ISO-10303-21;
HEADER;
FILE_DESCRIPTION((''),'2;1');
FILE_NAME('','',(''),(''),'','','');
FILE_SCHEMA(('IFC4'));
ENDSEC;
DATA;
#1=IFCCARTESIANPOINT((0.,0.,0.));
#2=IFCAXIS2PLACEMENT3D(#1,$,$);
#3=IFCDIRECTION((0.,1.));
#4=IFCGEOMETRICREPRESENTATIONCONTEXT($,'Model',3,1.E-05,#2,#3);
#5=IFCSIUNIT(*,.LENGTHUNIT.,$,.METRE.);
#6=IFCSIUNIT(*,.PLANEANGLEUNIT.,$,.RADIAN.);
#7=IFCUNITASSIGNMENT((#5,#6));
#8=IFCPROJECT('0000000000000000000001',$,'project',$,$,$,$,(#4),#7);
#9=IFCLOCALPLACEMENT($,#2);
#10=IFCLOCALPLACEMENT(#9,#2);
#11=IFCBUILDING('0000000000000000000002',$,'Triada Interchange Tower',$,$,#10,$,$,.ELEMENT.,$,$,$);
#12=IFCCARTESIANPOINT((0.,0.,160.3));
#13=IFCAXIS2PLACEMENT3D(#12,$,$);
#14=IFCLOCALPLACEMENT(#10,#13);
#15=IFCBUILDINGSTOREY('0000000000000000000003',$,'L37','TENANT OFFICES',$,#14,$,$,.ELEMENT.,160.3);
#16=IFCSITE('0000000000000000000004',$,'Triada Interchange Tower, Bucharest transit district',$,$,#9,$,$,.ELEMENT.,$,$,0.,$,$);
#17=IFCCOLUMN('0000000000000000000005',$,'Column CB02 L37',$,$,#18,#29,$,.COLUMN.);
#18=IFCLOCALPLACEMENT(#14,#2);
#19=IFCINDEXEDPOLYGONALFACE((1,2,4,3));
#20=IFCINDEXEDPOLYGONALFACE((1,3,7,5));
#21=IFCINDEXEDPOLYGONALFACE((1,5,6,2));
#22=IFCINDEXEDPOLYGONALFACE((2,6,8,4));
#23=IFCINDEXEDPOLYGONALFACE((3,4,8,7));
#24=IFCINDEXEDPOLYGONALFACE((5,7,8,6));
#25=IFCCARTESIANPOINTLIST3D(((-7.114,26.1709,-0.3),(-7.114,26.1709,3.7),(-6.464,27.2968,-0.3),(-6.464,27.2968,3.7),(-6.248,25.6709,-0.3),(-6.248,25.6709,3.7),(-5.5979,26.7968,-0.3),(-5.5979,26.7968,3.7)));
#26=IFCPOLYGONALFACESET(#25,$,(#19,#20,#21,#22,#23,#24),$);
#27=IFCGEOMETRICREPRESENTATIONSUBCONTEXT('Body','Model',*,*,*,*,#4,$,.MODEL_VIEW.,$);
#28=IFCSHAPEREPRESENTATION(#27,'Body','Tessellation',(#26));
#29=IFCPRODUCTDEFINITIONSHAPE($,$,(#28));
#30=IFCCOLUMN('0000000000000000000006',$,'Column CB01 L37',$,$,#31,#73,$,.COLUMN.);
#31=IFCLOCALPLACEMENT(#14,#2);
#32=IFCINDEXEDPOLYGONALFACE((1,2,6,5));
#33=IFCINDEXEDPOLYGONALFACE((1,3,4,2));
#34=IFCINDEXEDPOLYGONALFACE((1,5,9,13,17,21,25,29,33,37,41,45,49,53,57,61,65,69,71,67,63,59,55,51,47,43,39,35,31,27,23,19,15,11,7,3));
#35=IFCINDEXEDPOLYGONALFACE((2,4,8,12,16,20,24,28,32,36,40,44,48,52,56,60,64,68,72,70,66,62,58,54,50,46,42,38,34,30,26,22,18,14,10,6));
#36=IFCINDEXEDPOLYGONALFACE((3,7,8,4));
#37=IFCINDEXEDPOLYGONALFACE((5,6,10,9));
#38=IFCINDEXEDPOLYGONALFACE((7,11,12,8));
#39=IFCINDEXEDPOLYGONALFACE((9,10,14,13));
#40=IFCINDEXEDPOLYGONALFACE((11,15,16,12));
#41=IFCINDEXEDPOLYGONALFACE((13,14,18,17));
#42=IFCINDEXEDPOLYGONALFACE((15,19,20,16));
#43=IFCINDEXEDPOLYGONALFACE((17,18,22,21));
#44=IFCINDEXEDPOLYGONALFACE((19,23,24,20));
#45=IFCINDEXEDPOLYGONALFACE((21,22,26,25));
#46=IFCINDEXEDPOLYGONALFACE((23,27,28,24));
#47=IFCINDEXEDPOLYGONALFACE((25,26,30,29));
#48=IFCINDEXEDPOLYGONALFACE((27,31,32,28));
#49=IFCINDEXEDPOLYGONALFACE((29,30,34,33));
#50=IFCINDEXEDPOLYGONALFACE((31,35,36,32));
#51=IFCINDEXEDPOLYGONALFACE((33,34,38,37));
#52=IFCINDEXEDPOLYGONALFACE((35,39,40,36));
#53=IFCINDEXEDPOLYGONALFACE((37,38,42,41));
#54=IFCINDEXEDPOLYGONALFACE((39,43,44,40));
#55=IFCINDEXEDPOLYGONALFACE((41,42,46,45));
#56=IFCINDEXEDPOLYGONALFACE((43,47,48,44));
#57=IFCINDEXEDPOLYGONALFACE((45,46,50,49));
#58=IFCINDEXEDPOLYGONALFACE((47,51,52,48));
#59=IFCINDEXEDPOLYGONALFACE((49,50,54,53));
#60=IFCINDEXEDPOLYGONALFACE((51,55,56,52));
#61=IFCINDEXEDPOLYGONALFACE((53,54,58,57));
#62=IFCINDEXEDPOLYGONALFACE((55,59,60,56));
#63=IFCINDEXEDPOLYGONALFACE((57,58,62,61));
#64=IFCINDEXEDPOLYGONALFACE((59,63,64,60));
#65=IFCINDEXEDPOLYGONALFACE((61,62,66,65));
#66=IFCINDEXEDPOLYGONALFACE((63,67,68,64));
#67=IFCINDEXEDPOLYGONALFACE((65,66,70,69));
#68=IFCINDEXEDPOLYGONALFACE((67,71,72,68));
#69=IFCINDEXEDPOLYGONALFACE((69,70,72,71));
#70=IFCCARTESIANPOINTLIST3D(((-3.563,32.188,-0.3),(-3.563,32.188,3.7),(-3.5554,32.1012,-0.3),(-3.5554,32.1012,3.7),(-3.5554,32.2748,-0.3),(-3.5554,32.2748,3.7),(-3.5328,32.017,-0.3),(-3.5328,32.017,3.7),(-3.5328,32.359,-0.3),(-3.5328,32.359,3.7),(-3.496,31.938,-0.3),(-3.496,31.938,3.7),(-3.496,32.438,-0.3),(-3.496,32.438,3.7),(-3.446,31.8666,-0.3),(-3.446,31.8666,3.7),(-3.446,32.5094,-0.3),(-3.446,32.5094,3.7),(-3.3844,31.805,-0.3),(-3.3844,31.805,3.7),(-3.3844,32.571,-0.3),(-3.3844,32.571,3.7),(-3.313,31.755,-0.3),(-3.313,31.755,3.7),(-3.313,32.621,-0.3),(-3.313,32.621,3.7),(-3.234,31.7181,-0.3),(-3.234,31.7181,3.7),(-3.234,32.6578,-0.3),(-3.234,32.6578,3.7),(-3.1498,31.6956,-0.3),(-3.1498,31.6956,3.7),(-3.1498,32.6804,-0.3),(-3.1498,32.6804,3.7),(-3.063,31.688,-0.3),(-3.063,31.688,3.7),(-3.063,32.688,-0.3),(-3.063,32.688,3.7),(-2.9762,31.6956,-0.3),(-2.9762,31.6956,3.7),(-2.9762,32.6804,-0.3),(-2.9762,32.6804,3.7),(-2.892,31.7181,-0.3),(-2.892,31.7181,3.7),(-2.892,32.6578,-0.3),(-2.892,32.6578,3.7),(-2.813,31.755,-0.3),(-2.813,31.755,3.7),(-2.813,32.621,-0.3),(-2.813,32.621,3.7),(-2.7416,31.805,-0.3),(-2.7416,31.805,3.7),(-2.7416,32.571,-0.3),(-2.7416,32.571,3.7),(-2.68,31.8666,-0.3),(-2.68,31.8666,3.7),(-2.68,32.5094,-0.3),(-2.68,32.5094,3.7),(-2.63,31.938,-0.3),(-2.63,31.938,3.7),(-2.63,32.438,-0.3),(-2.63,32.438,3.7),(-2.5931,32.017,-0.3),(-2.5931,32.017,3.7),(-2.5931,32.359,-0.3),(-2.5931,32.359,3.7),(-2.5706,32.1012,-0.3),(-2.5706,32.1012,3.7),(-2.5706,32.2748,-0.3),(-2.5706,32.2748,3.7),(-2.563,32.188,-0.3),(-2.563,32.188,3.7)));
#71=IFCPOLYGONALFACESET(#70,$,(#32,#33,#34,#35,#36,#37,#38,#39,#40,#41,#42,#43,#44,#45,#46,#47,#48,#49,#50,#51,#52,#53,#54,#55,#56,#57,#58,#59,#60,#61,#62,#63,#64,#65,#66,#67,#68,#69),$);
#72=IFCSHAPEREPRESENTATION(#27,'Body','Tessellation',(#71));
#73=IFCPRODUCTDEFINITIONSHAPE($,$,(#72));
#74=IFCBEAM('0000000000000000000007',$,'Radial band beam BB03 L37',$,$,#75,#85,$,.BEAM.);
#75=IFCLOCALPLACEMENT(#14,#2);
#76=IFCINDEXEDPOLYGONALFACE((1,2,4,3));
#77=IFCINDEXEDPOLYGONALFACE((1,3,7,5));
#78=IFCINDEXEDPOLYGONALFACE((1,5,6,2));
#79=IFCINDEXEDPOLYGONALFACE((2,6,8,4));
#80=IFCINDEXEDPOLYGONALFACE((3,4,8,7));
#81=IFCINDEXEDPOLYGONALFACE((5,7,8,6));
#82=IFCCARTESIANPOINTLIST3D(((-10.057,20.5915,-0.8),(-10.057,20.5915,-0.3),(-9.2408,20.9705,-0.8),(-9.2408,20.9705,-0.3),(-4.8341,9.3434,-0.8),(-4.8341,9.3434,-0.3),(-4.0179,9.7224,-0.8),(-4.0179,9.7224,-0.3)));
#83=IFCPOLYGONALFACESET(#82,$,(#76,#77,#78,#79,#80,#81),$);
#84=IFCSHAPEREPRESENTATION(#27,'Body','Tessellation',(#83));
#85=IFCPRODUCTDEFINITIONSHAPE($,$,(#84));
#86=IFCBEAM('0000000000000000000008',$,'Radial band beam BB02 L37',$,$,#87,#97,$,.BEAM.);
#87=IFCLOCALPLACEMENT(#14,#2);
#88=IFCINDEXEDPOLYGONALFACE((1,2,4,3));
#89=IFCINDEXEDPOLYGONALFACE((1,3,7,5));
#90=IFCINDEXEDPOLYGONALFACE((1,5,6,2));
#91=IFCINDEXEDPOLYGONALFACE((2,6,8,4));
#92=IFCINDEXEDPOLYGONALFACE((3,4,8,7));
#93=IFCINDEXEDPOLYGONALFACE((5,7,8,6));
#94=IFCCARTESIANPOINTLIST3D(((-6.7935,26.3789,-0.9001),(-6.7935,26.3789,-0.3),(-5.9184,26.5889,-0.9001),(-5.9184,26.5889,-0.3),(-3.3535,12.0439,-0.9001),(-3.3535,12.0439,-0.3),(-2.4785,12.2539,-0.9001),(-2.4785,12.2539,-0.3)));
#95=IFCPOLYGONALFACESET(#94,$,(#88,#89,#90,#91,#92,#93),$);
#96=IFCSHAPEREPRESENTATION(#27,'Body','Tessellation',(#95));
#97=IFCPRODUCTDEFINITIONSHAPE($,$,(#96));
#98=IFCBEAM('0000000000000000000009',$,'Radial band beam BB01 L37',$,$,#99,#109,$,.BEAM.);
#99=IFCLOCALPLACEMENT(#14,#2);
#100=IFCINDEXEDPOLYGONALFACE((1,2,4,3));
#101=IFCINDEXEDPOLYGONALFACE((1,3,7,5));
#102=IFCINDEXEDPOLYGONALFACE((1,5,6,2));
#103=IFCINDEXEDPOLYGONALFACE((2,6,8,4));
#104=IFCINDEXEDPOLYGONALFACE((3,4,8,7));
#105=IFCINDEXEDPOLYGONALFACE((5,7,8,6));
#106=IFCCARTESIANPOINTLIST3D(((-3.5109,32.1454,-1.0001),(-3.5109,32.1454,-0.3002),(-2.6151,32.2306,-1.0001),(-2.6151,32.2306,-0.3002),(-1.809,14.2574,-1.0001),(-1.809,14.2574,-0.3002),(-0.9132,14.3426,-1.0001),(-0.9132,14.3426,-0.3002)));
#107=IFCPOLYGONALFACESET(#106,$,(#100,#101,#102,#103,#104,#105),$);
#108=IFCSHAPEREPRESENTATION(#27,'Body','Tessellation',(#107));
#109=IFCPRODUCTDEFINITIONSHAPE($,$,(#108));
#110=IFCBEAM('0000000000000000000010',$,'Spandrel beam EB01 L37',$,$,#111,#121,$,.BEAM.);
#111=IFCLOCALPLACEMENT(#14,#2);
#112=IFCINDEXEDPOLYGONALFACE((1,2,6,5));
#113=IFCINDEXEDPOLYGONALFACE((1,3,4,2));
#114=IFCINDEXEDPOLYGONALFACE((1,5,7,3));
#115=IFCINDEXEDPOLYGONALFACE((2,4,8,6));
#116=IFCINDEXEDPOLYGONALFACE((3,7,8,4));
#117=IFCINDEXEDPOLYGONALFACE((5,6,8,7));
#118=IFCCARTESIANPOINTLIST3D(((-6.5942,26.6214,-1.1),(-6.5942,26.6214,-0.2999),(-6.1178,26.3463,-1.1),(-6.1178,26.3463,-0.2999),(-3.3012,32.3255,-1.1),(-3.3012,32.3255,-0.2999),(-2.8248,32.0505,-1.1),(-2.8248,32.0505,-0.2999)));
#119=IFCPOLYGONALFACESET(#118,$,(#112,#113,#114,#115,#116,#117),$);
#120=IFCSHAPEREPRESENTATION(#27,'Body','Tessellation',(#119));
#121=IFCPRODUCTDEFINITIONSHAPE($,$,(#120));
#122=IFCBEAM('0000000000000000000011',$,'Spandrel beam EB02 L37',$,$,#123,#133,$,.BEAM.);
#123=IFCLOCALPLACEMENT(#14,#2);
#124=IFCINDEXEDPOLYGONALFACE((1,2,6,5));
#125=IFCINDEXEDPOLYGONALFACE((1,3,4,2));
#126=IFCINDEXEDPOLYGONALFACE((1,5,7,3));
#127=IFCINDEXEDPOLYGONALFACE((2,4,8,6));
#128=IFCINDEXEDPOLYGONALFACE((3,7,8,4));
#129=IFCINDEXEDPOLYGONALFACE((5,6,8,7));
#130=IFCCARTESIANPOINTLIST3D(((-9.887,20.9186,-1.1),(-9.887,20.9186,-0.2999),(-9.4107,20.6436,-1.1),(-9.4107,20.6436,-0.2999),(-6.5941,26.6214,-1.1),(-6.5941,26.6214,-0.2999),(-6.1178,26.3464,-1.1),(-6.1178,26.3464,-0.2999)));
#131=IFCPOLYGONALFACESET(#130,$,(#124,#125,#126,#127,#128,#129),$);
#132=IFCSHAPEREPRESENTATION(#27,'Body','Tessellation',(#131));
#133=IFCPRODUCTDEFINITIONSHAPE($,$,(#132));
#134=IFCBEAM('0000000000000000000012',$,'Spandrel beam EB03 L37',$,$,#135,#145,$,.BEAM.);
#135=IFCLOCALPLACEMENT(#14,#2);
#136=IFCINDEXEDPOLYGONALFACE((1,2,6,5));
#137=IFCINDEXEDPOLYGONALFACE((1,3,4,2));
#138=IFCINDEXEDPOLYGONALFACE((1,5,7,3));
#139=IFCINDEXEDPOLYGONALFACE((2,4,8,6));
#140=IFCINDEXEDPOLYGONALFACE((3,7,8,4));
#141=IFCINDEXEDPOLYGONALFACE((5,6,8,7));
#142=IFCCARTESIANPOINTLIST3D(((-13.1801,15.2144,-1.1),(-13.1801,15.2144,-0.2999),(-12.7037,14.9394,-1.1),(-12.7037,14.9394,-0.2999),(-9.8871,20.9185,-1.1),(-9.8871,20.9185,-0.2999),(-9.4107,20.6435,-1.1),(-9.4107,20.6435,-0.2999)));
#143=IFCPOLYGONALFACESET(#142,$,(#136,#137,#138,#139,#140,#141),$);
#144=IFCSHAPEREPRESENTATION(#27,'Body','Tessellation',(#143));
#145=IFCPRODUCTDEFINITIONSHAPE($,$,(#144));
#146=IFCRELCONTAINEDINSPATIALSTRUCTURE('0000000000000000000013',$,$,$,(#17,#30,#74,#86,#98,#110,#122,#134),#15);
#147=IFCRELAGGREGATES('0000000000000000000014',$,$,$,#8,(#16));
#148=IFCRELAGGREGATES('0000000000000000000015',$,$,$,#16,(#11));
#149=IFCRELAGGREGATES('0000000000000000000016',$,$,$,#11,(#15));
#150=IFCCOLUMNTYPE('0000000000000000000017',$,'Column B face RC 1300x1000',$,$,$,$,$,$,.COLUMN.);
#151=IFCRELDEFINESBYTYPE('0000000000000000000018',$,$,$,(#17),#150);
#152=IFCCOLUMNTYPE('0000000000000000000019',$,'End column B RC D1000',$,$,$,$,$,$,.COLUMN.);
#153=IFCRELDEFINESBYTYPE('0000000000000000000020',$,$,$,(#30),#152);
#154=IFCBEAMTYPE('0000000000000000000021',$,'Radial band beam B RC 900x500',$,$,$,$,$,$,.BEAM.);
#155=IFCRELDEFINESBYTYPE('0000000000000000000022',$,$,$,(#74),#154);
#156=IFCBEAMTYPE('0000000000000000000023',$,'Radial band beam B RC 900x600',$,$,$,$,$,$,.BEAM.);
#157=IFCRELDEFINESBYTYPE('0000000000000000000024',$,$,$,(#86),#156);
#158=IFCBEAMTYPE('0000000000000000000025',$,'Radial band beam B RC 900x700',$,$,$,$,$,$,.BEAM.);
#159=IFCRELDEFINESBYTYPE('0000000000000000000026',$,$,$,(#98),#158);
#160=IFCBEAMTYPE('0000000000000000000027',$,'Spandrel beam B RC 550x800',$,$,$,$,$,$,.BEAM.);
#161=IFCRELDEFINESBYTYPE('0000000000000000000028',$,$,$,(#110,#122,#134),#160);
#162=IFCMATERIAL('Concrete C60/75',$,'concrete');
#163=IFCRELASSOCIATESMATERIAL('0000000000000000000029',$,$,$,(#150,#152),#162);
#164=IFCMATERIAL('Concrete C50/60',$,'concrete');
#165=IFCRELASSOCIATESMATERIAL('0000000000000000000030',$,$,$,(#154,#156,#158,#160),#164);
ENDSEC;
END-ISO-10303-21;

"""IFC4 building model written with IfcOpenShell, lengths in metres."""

from ifc_helpers import new_model, si_unit, direction, frame, origin, origin_2d, place, context, subcontext, project, spatial, rectangle, circle, extrude, material, material_profile, profile_set, type_object, element, save


model = new_model("IFC4")

# Units and contexts
model_context = context("Model", 3, precision=1e-05, world=origin(), true_north=direction((0.0, 1.0)))
body_context = subcontext(model_context, "Body", "Model", "MODEL_VIEW")
ifc_project = project(units=[si_unit("LENGTHUNIT", "METRE"), si_unit("PLANEANGLEUNIT", "RADIAN")], contexts=[model_context])

# Site, building, storey
site_placement = place(None, origin())
site = spatial("IfcSite", under=ifc_project, at=site_placement, Name="Triada Interchange Tower, Bucharest transit district", CompositionType="ELEMENT", RefElevation=0.0)
building_placement = place(site_placement, origin())
building = spatial("IfcBuilding", under=site, at=building_placement, Name="Triada Interchange Tower", CompositionType="ELEMENT")
storey_placement = place(building_placement, frame((0.0, 0.0, 160.3)))
storey = spatial("IfcBuildingStorey", under=building, at=storey_placement, Name="L37", Description="TENANT OFFICES", CompositionType="ELEMENT", Elevation=160.3)

# Columns
ifc_material_1 = material(Name="Concrete C60/75", Category="concrete")
ifc_material_profile_1 = material_profile(ifc_material_1, rectangle(XDim=1.3, YDim=1.0, at=origin_2d()), Name="RC 1300x1000")
ifc_profile_set_1 = profile_set([ifc_material_profile_1], Name="Concrete C60/75")
column_type_1 = type_object("IfcColumnType", Name="Column B face RC 1300x1000", PredefinedType="COLUMN", material=ifc_profile_set_1)
column_1_placement = place(storey_placement, frame((-6.356, 26.4839, -0.3), z_axis=(0.0, 0.0, 1.0), x_axis=(0.5, 0.866025, 0.0)))
element("IfcColumn", 1, at=column_1_placement, inside=storey, type_object=column_type_1, Name="Column CB02 L37", PredefinedType="COLUMN", context=body_context, shape_type="SweptSolid", body=[
    extrude(rectangle(XDim=1.3, YDim=1.0, at=origin_2d()), origin(), (0.0, 0.0, 1.0), 4.0),
])
ifc_material_profile_2 = material_profile(ifc_material_1, circle(Radius=0.5, at=origin_2d()), Name="RC D1000")
ifc_profile_set_2 = profile_set([ifc_material_profile_2], Name="Concrete C60/75")
column_type_2 = type_object("IfcColumnType", Name="End column B RC D1000", PredefinedType="COLUMN", material=ifc_profile_set_2)
column_2_placement = place(storey_placement, frame((-3.063, 32.188, -0.3), z_axis=(0.0, 0.0, 1.0), x_axis=(0.5, 0.866025, 0.0)))
element("IfcColumn", 2, at=column_2_placement, inside=storey, type_object=column_type_2, Name="Column CB01 L37", PredefinedType="COLUMN", context=body_context, shape_type="SweptSolid", body=[
    extrude(circle(Radius=0.5, at=origin_2d()), origin(), (0.0, 0.0, 1.0), 4.0),
])

# Beams
ifc_material_2 = material(Name="Concrete C50/60", Category="concrete")
ifc_material_profile_3 = material_profile(ifc_material_2, rectangle(XDim=0.8999, YDim=0.5, at=origin_2d()), Name="RC 900x500")
ifc_profile_set_3 = profile_set([ifc_material_profile_3], Name="Concrete C50/60")
beam_type_1 = type_object("IfcBeamType", Name="Radial band beam B RC 900x500", PredefinedType="BEAM", material=ifc_profile_set_3)
beam_1_placement = place(storey_placement, frame((-9.6489, 20.781, -0.55), z_axis=(0.421151, -0.906991, 0.0), x_axis=(0.906991, 0.421151, 0.0)))
element("IfcBeam", 3, at=beam_1_placement, inside=storey, type_object=beam_type_1, Name="Radial band beam BB03 L37", PredefinedType="BEAM", context=body_context, shape_type="SweptSolid", body=[
    extrude(rectangle(XDim=0.8999, YDim=0.5, at=origin_2d()), origin(), (0.0, 0.0, 1.0), 12.4016),
])
ifc_material_profile_4 = material_profile(ifc_material_2, rectangle(XDim=0.8999, YDim=0.6001, at=origin_2d()), Name="RC 900x600")
ifc_profile_set_4 = profile_set([ifc_material_profile_4], Name="Concrete C50/60")
beam_type_2 = type_object("IfcBeamType", Name="Radial band beam B RC 900x600", PredefinedType="BEAM", material=ifc_profile_set_4)
beam_2_placement = place(storey_placement, frame((-6.356, 26.4839, -0.6001), z_axis=(0.233344, -0.972394, 0.0), x_axis=(0.972394, 0.233344, 0.0)))
element("IfcBeam", 4, at=beam_2_placement, inside=storey, type_object=beam_type_2, Name="Radial band beam BB02 L37", PredefinedType="BEAM", context=body_context, shape_type="SweptSolid", body=[
    extrude(rectangle(XDim=0.8999, YDim=0.6001, at=origin_2d()), origin(), (0.0, 0.0, 1.0), 14.7419),
])
ifc_material_profile_5 = material_profile(ifc_material_2, rectangle(XDim=0.8999, YDim=0.7, at=origin_2d()), Name="RC 900x700")
ifc_profile_set_5 = profile_set([ifc_material_profile_5], Name="Concrete C50/60")
beam_type_3 = type_object("IfcBeamType", Name="Radial band beam B RC 900x700", PredefinedType="BEAM", material=ifc_profile_set_5)
beam_3_placement = place(storey_placement, frame((-3.063, 32.188, -0.6501), z_axis=(0.094715, -0.995504, 0.0), x_axis=(0.995504, 0.094715, 0.0)))
element("IfcBeam", 5, at=beam_3_placement, inside=storey, type_object=beam_type_3, Name="Radial band beam BB01 L37", PredefinedType="BEAM", context=body_context, shape_type="SweptSolid", body=[
    extrude(rectangle(XDim=0.8999, YDim=0.7, at=origin_2d()), origin(), (0.0, 0.0, 1.0), 17.9688),
])
ifc_material_profile_6 = material_profile(ifc_material_2, rectangle(XDim=0.55, YDim=0.8, at=origin_2d()), Name="RC 550x800")
ifc_profile_set_6 = profile_set([ifc_material_profile_6], Name="Concrete C50/60")
beam_type_4 = type_object("IfcBeamType", Name="Spandrel beam B RC 550x800", PredefinedType="BEAM", material=ifc_profile_set_6)
beam_4_placement = place(storey_placement, frame((-3.063, 32.188, -0.7), z_axis=(-0.499966, -0.866045, 0.0), x_axis=(0.866045, -0.499966, 0.0)))
element("IfcBeam", 6, at=beam_4_placement, inside=storey, type_object=beam_type_4, Name="Spandrel beam EB01 L37", PredefinedType="BEAM", context=body_context, shape_type="SweptSolid", body=[
    extrude(rectangle(XDim=0.55, YDim=0.8, at=origin_2d()), origin(), (0.0, 0.0, 1.0), 6.5864),
])
beam_5_placement = place(storey_placement, frame((-6.356, 26.4839, -0.7), z_axis=(-0.500047, -0.865999, 0.0), x_axis=(0.865999, -0.500047, 0.0)))
element("IfcBeam", 7, at=beam_5_placement, inside=storey, type_object=beam_type_4, Name="Spandrel beam EB02 L37", PredefinedType="BEAM", context=body_context, shape_type="SweptSolid", body=[
    extrude(rectangle(XDim=0.55, YDim=0.8, at=origin_2d()), origin(), (0.0, 0.0, 1.0), 6.5852),
])
beam_6_placement = place(storey_placement, frame((-9.6489, 20.781, -0.7), z_axis=(-0.499966, -0.866045, 0.0), x_axis=(0.866045, -0.499966, 0.0)))
element("IfcBeam", 8, at=beam_6_placement, inside=storey, type_object=beam_type_4, Name="Spandrel beam EB03 L37", PredefinedType="BEAM", context=body_context, shape_type="SweptSolid", body=[
    extrude(rectangle(XDim=0.55, YDim=0.8, at=origin_2d()), origin(), (0.0, 0.0, 1.0), 6.5864),
])

save(model, "model.ifc")
